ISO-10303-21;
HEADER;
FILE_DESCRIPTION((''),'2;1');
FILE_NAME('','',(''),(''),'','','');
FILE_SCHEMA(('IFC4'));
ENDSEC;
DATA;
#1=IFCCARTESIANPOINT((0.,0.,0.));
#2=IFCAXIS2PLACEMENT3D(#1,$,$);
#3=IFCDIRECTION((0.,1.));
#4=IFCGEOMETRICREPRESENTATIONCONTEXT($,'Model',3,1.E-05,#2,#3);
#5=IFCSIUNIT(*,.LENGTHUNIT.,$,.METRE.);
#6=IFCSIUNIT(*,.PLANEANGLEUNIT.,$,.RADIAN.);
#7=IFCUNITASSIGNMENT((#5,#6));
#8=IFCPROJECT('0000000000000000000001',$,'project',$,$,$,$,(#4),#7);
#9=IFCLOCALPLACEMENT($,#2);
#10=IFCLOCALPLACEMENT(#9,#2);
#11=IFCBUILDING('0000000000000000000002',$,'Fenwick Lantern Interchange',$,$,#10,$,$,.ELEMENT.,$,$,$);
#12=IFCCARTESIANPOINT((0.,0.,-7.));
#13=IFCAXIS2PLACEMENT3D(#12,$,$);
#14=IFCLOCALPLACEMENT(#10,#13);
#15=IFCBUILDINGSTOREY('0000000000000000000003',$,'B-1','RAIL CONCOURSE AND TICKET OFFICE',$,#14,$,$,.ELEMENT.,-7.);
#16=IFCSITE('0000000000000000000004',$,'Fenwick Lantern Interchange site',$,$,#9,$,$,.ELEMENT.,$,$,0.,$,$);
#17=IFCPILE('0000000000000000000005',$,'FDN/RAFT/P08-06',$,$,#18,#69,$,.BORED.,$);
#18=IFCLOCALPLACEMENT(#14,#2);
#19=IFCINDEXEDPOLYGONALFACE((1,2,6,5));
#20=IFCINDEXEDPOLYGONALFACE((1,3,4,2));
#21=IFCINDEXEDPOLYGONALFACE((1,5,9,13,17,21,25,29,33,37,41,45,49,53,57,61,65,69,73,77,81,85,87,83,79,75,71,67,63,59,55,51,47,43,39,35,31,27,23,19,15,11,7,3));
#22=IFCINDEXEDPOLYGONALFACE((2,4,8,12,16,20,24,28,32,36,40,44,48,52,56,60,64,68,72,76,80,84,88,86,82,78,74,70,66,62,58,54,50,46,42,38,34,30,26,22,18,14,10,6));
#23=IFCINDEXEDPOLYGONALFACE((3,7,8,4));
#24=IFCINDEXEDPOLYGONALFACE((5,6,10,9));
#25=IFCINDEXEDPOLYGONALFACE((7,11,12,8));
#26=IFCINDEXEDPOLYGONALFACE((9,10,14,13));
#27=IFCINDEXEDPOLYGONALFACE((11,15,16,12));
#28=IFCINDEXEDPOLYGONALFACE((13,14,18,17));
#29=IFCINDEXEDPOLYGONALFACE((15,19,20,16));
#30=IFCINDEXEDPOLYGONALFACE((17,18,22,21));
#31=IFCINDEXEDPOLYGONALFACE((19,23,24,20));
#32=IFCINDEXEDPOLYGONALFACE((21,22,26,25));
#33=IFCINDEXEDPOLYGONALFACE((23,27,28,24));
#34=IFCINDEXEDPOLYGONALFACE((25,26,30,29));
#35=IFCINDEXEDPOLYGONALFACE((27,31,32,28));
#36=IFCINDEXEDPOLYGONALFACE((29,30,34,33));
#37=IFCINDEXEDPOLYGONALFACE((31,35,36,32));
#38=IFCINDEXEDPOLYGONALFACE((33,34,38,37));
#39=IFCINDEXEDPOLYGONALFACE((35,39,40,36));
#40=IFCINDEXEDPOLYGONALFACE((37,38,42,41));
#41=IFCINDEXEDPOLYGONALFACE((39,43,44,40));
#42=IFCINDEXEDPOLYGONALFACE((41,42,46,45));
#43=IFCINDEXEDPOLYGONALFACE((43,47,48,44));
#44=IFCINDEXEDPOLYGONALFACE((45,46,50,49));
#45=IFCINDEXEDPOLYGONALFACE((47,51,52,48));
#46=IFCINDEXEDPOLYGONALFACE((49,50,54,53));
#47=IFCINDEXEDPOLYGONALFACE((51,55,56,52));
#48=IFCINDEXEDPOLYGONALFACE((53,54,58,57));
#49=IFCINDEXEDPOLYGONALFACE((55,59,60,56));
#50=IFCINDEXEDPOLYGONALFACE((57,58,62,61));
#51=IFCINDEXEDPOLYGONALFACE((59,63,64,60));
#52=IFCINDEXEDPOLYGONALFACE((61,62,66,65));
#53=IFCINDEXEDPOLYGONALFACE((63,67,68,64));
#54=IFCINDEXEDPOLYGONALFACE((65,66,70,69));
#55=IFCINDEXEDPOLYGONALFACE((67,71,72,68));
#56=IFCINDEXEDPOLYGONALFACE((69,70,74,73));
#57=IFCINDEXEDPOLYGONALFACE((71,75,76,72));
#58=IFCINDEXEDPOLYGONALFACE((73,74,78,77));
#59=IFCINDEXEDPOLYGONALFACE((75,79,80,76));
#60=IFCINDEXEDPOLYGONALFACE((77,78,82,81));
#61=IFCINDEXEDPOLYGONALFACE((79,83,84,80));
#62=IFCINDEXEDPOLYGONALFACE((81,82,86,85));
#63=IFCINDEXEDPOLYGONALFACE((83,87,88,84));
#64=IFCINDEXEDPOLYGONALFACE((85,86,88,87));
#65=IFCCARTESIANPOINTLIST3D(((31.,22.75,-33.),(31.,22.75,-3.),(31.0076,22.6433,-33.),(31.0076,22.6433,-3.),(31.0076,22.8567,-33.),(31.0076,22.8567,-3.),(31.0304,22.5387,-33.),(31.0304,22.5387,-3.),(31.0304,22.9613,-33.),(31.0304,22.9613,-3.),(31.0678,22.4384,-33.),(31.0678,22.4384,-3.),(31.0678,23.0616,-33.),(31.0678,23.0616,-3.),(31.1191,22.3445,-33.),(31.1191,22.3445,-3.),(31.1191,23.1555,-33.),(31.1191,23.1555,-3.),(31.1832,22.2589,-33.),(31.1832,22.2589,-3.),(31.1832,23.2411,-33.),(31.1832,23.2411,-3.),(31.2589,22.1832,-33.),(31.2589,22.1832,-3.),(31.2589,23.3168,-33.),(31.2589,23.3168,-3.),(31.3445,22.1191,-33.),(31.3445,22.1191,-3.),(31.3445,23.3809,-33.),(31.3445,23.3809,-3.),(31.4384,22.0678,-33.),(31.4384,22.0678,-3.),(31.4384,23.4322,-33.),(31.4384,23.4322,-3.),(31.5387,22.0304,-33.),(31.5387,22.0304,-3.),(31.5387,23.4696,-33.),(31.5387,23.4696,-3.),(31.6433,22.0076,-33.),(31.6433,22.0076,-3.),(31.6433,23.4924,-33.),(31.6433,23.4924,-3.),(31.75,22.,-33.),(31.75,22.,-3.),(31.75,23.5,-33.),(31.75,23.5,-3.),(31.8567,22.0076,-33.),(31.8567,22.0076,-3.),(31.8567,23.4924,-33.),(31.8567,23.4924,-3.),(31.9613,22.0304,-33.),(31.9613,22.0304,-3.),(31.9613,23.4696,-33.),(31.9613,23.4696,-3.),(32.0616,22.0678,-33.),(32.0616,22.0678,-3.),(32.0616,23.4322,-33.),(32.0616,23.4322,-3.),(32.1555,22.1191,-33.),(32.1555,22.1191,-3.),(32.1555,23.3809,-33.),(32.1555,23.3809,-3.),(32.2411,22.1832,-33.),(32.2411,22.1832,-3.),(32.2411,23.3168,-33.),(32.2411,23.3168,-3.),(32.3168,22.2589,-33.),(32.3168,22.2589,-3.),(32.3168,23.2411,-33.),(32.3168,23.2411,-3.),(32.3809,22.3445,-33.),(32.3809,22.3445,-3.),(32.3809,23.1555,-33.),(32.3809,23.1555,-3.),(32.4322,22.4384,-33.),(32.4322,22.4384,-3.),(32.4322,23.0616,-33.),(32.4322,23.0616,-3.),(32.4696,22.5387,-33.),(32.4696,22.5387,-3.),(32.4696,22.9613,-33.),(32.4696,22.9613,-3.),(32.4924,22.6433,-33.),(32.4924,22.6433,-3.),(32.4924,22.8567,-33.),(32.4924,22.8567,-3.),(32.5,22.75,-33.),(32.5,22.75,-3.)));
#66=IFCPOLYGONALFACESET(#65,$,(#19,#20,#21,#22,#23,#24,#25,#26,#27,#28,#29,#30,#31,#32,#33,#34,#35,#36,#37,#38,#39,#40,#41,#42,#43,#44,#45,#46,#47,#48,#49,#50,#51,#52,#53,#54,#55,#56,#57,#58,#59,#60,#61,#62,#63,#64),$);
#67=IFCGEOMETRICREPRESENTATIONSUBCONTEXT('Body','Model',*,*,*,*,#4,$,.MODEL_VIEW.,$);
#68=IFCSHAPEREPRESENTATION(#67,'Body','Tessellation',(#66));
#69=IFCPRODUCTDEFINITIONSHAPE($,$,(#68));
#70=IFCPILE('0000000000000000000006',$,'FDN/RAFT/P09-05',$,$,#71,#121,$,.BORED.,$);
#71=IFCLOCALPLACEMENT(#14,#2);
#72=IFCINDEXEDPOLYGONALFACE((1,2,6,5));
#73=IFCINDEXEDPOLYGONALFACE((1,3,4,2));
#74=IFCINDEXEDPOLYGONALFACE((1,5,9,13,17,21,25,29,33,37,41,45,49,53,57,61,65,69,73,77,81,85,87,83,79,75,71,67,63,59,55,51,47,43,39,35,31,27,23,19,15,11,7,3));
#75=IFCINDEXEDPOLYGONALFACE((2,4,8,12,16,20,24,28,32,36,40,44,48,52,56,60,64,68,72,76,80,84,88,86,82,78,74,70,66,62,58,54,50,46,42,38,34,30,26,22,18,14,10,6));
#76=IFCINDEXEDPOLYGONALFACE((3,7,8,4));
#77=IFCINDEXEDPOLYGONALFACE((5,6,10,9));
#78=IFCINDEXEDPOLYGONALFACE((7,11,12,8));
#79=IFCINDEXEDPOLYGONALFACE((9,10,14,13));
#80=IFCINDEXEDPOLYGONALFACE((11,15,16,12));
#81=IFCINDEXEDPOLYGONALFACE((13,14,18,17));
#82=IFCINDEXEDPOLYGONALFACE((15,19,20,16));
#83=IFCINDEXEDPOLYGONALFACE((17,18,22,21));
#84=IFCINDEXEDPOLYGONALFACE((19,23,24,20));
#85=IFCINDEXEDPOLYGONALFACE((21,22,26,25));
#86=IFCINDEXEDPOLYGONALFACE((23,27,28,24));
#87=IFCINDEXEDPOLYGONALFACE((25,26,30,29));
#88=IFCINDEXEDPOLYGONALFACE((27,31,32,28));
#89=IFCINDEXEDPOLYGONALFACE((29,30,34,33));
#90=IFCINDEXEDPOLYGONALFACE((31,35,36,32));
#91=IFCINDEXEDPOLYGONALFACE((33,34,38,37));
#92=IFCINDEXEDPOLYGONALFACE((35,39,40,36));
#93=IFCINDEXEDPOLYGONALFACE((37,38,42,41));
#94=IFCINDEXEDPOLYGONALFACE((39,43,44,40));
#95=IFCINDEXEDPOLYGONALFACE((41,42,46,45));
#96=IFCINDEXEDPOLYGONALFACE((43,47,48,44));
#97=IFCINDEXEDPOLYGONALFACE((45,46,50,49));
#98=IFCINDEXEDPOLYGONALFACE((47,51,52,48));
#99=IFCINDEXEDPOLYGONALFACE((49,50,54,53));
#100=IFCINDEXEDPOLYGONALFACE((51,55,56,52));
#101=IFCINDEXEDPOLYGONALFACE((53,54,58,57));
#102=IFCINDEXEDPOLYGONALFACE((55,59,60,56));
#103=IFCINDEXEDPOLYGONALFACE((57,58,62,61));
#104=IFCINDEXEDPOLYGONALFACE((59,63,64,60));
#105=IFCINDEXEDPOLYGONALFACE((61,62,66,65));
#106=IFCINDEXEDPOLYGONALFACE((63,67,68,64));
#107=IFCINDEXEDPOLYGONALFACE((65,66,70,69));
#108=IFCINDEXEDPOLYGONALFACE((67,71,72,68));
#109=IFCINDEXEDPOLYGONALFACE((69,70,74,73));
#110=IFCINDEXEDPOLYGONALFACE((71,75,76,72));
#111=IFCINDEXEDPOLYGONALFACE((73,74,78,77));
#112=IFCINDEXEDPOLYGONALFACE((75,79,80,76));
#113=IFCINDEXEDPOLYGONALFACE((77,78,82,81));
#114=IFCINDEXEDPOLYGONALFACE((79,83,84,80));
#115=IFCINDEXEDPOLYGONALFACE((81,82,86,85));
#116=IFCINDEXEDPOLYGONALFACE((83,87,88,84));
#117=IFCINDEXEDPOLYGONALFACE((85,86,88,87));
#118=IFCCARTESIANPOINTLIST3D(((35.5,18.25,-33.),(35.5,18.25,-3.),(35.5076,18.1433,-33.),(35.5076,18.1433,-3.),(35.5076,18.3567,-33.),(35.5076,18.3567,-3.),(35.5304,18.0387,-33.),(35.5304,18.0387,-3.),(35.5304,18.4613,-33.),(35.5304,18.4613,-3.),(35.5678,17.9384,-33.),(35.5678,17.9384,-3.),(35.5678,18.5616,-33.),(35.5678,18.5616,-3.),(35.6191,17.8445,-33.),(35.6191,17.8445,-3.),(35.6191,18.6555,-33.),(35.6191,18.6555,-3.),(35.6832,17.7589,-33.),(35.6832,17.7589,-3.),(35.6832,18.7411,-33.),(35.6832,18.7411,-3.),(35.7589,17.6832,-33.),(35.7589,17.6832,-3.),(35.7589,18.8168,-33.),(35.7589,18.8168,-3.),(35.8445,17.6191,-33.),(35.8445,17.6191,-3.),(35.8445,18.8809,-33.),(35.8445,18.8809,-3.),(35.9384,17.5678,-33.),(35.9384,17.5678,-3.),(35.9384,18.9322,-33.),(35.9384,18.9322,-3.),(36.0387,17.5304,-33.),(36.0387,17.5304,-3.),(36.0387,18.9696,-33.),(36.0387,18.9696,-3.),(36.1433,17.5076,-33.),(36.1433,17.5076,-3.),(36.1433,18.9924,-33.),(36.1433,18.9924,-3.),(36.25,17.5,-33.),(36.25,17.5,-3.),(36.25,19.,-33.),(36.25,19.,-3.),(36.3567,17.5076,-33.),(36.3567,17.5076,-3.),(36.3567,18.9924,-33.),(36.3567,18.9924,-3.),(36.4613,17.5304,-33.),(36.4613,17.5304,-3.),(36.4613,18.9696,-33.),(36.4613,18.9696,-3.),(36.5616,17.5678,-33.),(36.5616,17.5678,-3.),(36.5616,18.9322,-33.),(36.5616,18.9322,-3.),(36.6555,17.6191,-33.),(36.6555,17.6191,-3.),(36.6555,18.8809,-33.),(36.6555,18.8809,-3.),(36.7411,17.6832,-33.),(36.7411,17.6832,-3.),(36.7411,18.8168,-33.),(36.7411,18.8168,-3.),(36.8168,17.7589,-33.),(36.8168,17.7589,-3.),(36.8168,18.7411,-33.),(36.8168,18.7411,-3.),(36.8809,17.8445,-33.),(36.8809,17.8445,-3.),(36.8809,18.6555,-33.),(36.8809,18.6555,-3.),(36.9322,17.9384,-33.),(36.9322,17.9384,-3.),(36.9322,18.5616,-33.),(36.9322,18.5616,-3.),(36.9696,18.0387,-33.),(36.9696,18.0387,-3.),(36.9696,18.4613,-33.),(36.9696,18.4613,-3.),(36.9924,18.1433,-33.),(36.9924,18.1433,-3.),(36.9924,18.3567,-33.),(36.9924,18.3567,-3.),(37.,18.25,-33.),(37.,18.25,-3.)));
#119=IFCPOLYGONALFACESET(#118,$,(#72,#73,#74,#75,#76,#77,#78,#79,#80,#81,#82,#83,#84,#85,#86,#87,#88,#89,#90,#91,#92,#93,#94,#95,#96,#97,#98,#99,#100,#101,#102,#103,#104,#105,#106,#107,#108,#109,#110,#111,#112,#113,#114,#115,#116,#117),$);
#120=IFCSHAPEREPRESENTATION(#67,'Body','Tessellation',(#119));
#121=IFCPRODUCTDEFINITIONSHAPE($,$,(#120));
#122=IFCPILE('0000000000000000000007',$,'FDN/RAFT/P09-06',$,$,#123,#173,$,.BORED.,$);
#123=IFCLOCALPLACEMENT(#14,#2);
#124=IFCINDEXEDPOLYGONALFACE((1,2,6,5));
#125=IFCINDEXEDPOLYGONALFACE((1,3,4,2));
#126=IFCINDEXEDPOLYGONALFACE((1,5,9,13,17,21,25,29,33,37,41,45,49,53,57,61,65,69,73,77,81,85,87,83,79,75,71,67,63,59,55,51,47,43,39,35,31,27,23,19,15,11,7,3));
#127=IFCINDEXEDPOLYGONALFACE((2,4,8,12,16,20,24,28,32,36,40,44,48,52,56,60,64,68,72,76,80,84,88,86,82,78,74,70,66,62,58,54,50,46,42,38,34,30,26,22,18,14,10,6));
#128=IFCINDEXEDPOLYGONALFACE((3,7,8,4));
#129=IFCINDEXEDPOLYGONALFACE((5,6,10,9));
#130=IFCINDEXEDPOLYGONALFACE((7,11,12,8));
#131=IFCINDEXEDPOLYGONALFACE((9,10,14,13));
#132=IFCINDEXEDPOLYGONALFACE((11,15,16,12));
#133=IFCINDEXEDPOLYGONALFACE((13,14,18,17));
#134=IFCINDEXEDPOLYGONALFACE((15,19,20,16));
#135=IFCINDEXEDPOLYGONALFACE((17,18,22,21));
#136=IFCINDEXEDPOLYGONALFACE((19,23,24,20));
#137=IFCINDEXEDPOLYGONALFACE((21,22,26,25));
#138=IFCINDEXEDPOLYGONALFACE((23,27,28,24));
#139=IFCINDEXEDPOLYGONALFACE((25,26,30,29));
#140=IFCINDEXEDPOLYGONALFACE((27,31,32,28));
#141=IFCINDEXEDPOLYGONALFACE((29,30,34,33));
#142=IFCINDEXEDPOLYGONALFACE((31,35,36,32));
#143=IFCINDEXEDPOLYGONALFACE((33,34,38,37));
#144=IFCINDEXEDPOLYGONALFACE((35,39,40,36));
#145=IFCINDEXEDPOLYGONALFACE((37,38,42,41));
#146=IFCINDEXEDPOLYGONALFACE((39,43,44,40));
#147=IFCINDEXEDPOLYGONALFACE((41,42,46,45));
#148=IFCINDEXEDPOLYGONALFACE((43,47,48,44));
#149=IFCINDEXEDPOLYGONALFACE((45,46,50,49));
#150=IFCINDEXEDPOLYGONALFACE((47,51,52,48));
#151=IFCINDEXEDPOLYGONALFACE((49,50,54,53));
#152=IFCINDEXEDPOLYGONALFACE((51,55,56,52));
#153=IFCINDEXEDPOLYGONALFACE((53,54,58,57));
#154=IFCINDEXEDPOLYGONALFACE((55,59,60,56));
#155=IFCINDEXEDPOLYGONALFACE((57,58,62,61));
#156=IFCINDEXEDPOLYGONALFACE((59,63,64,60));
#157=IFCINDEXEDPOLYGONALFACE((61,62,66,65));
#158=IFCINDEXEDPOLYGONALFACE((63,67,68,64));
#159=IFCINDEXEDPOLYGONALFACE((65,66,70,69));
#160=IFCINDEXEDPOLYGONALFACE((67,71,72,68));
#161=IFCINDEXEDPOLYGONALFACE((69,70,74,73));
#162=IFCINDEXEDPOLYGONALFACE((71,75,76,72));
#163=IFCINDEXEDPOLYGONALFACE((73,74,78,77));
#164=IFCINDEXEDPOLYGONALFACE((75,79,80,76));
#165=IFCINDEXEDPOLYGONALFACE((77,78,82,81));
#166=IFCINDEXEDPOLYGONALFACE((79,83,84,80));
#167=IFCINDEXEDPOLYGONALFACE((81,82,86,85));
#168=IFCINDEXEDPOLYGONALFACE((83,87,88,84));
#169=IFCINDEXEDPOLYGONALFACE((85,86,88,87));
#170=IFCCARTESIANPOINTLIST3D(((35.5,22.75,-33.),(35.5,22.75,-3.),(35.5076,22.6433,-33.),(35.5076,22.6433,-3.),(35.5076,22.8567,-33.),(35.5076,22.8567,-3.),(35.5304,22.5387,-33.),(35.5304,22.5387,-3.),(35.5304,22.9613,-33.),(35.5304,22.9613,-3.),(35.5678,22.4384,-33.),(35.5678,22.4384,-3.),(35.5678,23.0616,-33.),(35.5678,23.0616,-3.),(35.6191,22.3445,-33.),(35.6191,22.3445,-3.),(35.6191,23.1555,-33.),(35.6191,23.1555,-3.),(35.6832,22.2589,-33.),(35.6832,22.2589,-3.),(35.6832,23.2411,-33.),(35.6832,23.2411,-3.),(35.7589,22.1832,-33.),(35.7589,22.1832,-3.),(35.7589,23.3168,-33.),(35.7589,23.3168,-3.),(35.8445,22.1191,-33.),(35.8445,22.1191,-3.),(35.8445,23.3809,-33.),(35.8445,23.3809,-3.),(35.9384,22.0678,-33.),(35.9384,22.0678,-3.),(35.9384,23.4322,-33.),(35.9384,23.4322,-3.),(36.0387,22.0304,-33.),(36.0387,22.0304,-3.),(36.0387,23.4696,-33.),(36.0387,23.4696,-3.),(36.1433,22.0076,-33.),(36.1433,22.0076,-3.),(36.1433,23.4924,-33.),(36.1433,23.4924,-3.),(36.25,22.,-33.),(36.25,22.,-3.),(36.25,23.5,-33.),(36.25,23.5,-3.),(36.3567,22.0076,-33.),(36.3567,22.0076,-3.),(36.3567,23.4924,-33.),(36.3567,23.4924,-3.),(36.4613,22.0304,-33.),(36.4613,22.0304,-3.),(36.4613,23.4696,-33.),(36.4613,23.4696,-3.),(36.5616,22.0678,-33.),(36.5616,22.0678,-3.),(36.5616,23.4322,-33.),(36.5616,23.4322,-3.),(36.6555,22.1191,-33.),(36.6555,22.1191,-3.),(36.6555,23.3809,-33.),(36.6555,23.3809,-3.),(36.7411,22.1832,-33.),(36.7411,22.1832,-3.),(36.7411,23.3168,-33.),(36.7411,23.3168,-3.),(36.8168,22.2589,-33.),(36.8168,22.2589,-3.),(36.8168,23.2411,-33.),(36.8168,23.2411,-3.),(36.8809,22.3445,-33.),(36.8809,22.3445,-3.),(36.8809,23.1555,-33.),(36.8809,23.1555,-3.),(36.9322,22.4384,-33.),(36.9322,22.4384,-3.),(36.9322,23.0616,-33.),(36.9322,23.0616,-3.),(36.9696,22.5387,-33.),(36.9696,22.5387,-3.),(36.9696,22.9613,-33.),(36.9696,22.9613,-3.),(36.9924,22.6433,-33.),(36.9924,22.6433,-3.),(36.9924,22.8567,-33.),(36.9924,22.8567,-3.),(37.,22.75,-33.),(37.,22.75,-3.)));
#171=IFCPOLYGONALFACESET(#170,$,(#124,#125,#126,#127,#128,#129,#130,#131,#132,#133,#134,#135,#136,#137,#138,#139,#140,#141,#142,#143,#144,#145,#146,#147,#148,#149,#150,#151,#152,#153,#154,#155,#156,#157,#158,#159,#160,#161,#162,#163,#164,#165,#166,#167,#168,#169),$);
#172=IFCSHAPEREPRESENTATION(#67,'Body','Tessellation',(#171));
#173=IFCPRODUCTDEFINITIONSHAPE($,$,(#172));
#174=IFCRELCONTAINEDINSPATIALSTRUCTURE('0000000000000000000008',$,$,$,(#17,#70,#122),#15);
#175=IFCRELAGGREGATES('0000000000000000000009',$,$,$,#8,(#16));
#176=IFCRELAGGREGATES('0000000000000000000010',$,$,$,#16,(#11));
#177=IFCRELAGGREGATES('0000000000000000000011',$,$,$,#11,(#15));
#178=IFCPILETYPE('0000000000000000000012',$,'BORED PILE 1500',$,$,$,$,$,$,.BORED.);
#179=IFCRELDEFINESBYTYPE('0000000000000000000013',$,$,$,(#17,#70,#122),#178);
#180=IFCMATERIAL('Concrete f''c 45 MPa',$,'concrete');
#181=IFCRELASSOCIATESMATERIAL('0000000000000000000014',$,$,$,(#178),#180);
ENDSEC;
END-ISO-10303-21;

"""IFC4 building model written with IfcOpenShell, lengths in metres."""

from ifc_helpers import new_model, si_unit, direction, frame, origin, origin_2d, place, context, subcontext, project, spatial, circle, extrude, material, type_object, element, save


model = new_model("IFC4")

# Units and contexts
model_context = context("Model", 3, precision=1e-05, world=origin(), true_north=direction((0.0, 1.0)))
body_context = subcontext(model_context, "Body", "Model", "MODEL_VIEW")
ifc_project = project(units=[si_unit("LENGTHUNIT", "METRE"), si_unit("PLANEANGLEUNIT", "RADIAN")], contexts=[model_context])

# Site, building, storey
site_placement = place(None, origin())
site = spatial("IfcSite", under=ifc_project, at=site_placement, Name="Fenwick Lantern Interchange site", CompositionType="ELEMENT", RefElevation=0.0)
building_placement = place(site_placement, origin())
building = spatial("IfcBuilding", under=site, at=building_placement, Name="Fenwick Lantern Interchange", CompositionType="ELEMENT")
storey_placement = place(building_placement, frame((0.0, 0.0, -7.0)))
storey = spatial("IfcBuildingStorey", under=building, at=storey_placement, Name="B-1", Description="RAIL CONCOURSE AND TICKET OFFICE", CompositionType="ELEMENT", Elevation=-7.0)

# Piles
ifc_material_1 = material(Name="Concrete f'c 45 MPa", Category="concrete")
pile_type = type_object("IfcPileType", Name="BORED PILE 1500", PredefinedType="BORED", material=ifc_material_1)
for number, where, z_axis, x_axis, name in (
    (1, (31.75, 22.75, -3.0), (0.0, 0.0, -1.0), (1.0, 0.0, 0.0), "FDN/RAFT/P08-06"),
    (2, (36.25, 18.25, -3.0), (0.0, 0.0, -1.0), (1.0, 0.0, 0.0), "FDN/RAFT/P09-05"),
    (3, (36.25, 22.75, -3.0), (0.0, 0.0, -1.0), (1.0, 0.0, 0.0), "FDN/RAFT/P09-06"),
):
    element("IfcPile", number, at=place(storey_placement, frame(where, z_axis=z_axis, x_axis=x_axis)), inside=storey, type_object=pile_type, Name=name, PredefinedType="BORED", context=body_context, shape_type="SweptSolid", body=[
        extrude(circle(Radius=0.75, at=origin_2d()), origin(), (0.0, 0.0, 1.0), 30.0),
    ])

save(model, "model.ifc")
